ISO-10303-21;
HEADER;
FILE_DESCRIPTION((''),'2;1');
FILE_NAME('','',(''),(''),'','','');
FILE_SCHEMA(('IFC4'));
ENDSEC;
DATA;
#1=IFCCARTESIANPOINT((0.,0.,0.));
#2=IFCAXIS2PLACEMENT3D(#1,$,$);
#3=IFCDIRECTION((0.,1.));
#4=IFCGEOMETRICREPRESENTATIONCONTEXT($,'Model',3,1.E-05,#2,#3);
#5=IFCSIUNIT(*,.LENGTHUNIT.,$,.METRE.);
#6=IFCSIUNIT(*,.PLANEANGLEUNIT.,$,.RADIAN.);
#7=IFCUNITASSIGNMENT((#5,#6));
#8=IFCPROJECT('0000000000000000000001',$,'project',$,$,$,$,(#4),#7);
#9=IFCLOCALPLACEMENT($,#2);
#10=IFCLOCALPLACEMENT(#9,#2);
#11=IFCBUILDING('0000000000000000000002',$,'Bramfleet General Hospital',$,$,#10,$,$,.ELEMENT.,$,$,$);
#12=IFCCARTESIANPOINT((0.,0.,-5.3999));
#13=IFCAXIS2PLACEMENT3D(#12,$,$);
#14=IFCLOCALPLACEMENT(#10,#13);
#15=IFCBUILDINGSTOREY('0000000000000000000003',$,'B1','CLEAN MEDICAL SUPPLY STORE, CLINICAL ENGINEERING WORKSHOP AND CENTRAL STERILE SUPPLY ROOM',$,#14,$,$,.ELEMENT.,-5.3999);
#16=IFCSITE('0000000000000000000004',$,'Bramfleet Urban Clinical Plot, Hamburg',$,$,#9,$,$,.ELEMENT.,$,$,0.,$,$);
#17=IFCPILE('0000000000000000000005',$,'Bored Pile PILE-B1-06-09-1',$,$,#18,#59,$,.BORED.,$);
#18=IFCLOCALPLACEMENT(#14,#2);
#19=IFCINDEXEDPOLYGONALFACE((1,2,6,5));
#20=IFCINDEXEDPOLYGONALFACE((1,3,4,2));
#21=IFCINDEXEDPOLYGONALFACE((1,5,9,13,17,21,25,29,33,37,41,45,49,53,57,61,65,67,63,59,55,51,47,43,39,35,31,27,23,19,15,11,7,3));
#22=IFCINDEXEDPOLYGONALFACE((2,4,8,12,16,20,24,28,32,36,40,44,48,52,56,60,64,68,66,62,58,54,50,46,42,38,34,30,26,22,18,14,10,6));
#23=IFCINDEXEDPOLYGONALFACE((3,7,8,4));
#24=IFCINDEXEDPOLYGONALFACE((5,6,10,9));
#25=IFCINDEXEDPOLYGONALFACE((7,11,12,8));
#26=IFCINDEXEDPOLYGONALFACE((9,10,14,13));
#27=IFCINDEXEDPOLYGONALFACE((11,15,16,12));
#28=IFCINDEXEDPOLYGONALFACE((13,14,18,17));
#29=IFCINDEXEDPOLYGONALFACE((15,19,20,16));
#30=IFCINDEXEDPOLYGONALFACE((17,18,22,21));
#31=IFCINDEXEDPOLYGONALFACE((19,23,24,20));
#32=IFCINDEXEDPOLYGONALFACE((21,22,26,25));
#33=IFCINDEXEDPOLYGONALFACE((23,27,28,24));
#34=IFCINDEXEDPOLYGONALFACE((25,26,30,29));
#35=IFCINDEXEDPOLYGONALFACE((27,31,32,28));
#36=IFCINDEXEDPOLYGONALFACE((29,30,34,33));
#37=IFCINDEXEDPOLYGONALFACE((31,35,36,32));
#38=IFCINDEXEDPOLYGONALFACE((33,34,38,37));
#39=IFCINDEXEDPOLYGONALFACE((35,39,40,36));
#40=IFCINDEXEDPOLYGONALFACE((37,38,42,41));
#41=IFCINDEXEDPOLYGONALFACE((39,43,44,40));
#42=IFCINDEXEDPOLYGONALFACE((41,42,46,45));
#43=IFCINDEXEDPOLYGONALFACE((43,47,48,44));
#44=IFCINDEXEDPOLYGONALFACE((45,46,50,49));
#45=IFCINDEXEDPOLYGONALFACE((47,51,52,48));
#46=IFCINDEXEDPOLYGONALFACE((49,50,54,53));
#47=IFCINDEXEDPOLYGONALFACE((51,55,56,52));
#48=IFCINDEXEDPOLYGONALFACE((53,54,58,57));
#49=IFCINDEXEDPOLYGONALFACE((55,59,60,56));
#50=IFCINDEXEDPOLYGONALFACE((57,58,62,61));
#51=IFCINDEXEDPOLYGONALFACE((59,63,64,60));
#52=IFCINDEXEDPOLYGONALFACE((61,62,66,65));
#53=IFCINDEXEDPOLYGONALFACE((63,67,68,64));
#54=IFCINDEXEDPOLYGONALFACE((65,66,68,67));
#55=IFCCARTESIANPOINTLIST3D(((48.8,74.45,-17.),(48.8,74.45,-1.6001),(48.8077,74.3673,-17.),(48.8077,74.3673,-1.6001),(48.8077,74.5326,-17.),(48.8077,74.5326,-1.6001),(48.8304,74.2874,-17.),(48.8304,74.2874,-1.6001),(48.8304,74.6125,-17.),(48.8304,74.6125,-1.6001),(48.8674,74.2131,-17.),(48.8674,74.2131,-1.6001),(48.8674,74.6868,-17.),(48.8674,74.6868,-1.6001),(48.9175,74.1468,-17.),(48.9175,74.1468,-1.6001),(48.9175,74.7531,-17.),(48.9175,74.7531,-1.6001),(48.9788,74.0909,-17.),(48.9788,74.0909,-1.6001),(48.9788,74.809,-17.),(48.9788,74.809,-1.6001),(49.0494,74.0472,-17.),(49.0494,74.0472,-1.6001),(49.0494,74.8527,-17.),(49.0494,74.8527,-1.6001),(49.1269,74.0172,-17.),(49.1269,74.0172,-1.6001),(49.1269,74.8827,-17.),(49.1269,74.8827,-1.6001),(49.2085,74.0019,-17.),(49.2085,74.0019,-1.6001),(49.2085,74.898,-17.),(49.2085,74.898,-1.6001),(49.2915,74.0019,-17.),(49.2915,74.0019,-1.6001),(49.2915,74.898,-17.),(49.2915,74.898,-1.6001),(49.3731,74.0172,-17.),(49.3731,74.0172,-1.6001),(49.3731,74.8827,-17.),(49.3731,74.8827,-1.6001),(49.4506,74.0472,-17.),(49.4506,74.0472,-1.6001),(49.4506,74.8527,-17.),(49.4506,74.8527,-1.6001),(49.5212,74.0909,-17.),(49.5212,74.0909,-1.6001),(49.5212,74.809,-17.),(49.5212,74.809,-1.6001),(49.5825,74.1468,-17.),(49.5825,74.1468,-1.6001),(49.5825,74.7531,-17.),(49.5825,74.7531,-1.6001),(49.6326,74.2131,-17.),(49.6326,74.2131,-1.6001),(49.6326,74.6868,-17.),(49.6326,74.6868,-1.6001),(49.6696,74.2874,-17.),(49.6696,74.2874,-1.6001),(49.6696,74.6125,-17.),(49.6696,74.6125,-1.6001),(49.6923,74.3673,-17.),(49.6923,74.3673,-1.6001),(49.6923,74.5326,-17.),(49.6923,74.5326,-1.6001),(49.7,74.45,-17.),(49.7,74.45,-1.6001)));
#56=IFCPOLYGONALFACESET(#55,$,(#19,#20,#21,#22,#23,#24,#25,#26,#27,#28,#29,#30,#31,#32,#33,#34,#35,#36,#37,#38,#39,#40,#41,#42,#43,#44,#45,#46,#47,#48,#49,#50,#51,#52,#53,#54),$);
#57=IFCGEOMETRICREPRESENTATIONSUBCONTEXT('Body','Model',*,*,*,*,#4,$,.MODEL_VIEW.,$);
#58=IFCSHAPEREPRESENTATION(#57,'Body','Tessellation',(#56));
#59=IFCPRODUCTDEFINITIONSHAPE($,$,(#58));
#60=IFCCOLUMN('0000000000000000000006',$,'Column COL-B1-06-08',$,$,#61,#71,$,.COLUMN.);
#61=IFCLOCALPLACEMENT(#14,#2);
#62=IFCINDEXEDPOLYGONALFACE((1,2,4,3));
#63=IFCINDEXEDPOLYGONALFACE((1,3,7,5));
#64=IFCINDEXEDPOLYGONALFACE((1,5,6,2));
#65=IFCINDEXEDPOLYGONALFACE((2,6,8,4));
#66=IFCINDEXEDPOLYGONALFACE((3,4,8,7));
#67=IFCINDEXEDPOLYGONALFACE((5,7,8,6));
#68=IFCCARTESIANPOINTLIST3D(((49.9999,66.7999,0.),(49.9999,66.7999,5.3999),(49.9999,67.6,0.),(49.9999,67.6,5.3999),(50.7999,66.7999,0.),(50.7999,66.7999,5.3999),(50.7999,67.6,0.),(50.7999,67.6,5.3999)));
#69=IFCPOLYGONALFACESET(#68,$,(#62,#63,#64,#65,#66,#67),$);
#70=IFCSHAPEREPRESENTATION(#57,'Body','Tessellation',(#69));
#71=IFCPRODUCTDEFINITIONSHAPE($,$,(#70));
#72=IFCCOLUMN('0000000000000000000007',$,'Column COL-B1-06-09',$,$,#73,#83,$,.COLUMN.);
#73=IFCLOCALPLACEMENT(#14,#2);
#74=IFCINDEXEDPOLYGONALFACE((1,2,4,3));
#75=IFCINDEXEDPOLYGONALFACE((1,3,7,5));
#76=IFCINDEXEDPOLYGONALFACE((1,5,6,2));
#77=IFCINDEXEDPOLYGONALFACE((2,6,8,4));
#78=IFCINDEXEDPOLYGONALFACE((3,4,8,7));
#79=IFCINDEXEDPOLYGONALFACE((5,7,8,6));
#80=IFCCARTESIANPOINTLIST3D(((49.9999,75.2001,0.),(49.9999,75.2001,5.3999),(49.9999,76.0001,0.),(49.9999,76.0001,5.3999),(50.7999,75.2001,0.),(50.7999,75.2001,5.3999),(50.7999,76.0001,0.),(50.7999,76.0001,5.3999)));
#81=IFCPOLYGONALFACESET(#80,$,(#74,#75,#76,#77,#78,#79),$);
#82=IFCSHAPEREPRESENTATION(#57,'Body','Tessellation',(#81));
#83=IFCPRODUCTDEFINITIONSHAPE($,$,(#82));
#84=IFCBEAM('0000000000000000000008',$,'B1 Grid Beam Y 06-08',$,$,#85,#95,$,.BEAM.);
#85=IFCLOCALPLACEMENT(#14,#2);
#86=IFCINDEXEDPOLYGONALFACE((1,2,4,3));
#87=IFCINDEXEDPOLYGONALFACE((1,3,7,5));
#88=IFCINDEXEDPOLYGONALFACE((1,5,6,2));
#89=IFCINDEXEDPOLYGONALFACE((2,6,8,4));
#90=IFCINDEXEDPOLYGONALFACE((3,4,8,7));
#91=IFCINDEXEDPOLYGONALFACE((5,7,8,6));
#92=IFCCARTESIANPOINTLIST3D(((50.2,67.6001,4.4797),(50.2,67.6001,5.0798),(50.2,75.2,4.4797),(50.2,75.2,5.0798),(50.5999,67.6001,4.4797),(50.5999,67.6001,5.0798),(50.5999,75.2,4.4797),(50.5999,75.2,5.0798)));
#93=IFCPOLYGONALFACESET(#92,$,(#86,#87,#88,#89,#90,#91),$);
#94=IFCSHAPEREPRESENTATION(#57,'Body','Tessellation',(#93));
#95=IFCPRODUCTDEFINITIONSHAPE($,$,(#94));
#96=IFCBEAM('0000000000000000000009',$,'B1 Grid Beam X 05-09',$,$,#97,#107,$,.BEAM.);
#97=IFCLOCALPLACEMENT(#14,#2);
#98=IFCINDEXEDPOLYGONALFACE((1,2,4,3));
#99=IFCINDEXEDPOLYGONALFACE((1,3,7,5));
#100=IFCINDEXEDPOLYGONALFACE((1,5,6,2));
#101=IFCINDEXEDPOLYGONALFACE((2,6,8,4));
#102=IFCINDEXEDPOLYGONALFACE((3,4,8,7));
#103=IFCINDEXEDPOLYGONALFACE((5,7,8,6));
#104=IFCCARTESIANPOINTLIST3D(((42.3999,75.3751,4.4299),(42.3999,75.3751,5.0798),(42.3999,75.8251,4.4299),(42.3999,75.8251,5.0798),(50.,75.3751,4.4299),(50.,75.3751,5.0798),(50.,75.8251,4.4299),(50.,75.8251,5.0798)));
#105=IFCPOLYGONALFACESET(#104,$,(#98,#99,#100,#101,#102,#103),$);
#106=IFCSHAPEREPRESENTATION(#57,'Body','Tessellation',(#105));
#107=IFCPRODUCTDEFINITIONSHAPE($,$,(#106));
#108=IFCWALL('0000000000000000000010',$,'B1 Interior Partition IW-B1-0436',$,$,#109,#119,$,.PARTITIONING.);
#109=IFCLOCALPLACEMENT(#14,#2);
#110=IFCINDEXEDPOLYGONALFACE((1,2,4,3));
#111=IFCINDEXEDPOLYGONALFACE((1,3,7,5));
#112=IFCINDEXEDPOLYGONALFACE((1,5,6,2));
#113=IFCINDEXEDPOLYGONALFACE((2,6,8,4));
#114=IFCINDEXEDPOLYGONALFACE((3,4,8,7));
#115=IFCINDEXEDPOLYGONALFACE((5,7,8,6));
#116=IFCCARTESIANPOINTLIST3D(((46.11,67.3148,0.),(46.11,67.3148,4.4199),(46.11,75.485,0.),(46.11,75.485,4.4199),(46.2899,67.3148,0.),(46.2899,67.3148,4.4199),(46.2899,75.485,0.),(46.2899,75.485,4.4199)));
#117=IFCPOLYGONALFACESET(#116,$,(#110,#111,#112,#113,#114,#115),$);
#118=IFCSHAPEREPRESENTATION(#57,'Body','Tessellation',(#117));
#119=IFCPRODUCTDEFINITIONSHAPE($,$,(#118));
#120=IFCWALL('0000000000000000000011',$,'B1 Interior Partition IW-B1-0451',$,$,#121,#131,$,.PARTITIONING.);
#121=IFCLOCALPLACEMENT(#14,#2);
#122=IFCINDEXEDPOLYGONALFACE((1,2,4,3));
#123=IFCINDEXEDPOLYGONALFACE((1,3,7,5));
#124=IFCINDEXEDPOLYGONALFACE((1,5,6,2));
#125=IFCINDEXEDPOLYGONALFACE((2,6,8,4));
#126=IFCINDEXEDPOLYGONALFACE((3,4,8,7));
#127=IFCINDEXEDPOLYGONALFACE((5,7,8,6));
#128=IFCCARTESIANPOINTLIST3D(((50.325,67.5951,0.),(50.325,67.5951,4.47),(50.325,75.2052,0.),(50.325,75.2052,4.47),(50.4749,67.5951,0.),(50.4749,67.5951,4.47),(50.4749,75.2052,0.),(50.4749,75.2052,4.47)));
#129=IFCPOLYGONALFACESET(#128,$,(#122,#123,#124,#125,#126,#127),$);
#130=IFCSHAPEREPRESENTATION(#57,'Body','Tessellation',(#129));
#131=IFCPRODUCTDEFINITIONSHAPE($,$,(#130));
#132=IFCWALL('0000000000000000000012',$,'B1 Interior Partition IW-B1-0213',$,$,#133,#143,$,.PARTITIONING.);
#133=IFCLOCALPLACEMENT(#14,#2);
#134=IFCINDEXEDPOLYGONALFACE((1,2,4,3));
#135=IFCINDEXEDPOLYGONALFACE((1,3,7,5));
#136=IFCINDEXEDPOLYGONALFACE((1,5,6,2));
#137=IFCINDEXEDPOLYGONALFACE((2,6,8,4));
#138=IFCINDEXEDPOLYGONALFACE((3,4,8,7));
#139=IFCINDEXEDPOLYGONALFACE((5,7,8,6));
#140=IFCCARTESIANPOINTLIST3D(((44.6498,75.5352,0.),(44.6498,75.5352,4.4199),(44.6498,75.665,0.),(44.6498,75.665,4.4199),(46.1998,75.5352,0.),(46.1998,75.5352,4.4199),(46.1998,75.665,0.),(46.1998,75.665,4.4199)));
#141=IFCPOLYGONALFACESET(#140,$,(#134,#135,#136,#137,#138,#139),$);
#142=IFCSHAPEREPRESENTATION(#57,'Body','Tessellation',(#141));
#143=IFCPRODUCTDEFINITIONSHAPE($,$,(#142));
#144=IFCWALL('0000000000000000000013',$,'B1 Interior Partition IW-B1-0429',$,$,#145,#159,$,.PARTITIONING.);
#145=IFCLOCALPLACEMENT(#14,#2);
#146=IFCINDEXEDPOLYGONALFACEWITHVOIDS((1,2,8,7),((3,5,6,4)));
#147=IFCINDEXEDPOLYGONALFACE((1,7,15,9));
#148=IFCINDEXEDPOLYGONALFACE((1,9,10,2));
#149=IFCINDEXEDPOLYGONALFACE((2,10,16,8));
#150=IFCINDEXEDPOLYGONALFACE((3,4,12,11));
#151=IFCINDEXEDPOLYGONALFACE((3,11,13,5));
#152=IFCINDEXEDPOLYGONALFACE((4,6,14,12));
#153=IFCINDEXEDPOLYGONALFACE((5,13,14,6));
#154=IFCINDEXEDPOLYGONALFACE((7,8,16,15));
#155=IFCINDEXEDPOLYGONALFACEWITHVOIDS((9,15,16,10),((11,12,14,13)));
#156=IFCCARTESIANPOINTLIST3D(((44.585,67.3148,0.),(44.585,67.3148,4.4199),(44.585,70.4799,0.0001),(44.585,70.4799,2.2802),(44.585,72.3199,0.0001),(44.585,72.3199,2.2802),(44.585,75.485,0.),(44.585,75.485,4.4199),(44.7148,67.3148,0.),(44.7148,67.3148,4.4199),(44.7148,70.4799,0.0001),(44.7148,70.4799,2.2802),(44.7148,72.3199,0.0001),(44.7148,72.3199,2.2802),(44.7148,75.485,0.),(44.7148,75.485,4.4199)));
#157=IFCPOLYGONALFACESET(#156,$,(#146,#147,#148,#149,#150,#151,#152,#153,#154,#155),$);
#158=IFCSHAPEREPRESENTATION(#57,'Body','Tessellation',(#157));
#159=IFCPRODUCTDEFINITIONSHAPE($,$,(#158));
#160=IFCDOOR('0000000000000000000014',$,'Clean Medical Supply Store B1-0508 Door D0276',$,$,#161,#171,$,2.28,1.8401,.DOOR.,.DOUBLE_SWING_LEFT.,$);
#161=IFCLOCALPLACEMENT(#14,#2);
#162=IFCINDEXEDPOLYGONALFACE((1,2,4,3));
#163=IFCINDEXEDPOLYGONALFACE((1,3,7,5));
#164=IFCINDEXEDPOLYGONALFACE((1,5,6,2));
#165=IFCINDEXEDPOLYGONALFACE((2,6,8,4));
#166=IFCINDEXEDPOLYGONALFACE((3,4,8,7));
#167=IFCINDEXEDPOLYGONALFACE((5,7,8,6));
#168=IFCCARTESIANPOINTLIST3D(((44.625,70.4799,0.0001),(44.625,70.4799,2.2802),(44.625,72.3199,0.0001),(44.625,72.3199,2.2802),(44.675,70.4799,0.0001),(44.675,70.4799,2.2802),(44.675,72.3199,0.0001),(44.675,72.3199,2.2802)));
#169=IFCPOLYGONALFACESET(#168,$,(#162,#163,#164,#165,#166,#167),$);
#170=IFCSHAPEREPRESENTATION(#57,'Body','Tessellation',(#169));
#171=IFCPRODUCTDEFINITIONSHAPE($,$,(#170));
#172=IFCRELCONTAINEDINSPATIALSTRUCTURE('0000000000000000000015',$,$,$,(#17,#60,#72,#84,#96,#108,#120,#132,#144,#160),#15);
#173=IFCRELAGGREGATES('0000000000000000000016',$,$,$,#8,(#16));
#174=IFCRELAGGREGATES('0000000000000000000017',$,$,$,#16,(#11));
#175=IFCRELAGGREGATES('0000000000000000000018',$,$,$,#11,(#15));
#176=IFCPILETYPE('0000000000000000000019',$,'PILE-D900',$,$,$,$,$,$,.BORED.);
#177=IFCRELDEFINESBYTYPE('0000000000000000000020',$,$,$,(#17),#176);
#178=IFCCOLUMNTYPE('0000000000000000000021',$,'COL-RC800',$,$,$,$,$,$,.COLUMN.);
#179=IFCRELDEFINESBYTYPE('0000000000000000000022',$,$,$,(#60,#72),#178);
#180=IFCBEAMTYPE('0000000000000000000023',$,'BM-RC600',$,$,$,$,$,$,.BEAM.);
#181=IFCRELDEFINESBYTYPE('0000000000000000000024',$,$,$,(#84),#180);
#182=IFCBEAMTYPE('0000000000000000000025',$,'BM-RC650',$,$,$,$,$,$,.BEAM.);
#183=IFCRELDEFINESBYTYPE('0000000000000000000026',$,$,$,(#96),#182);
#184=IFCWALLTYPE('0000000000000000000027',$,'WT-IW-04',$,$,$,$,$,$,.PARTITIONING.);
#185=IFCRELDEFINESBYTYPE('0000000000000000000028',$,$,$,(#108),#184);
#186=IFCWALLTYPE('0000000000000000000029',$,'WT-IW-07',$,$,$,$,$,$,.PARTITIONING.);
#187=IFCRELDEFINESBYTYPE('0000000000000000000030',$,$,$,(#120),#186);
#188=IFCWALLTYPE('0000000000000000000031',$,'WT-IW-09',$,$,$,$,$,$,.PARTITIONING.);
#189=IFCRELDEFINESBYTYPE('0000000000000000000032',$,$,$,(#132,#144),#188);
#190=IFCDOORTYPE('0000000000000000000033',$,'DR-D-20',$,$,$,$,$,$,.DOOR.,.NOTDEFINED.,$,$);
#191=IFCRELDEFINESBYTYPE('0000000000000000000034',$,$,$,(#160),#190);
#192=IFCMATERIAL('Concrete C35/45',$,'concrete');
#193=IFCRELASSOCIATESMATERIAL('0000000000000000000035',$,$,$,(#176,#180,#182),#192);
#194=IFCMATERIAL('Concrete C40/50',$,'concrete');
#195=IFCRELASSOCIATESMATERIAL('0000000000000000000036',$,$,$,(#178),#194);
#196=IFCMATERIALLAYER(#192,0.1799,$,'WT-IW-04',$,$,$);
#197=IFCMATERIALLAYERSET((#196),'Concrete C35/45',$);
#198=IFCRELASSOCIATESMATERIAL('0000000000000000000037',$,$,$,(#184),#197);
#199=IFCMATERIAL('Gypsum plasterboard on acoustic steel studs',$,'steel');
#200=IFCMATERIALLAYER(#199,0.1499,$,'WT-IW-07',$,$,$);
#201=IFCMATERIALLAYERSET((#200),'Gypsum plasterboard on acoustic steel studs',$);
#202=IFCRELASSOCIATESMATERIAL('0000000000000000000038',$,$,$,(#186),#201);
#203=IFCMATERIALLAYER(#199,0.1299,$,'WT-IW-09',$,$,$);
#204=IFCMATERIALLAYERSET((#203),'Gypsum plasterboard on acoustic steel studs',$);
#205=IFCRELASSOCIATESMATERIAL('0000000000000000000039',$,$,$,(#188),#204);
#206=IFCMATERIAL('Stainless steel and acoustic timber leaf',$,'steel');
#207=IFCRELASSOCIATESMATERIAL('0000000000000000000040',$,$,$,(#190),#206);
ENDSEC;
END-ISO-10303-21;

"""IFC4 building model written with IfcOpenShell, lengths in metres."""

from ifc_helpers import new_model, si_unit, direction, frame, frame_2d, origin, origin_2d, place, context, subcontext, project, spatial, rectangle, circle, extrude, material, layer, layer_set, material_profile, profile_set, type_object, element, fill, save


model = new_model("IFC4")

# Units and contexts
model_context = context("Model", 3, precision=1e-05, world=origin(), true_north=direction((0.0, 1.0)))
body_context = subcontext(model_context, "Body", "Model", "MODEL_VIEW")
ifc_project = project(units=[si_unit("LENGTHUNIT", "METRE"), si_unit("PLANEANGLEUNIT", "RADIAN")], contexts=[model_context])

# Site, building, storey
site_placement = place(None, origin())
site = spatial("IfcSite", under=ifc_project, at=site_placement, Name="Bramfleet Urban Clinical Plot, Hamburg", CompositionType="ELEMENT", RefElevation=0.0)
building_placement = place(site_placement, origin())
building = spatial("IfcBuilding", under=site, at=building_placement, Name="Bramfleet General Hospital", CompositionType="ELEMENT")
storey_placement = place(building_placement, frame((0.0, 0.0, -5.3999)))
storey = spatial("IfcBuildingStorey", under=building, at=storey_placement, Name="B1", Description="CLEAN MEDICAL SUPPLY STORE, CLINICAL ENGINEERING WORKSHOP AND CENTRAL STERILE SUPPLY ROOM", CompositionType="ELEMENT", Elevation=-5.3999)

# Shared definitions
ifc_material_1 = material(Name="Concrete C35/45", Category="concrete")

# Pile
ifc_material_profile_1 = material_profile(ifc_material_1, circle(Radius=0.45, at=origin_2d()), Name="PILE BORED D900")
ifc_profile_set_1 = profile_set([ifc_material_profile_1], Name="Concrete C35/45")
pile_type = type_object("IfcPileType", Name="PILE-D900", PredefinedType="BORED", material=ifc_profile_set_1)
for number, where, z_axis, x_axis, name in (
    (1, (49.25, 74.45, -1.6001), (0.0, 0.0, -1.0), (1.0, 0.0, 0.0), "Bored Pile PILE-B1-06-09-1"),
):
    element("IfcPile", number, at=place(storey_placement, frame(where, z_axis=z_axis, x_axis=x_axis)), inside=storey, type_object=pile_type, Name=name, PredefinedType="BORED", context=body_context, shape_type="SweptSolid", body=[
        extrude(circle(Radius=0.45, at=origin_2d()), origin(), (0.0, 0.0, 1.0), 15.3999),
    ])

# Columns
ifc_material_2 = material(Name="Concrete C40/50", Category="concrete")
ifc_material_profile_2 = material_profile(ifc_material_2, rectangle(XDim=0.8, YDim=0.8, at=origin_2d()), Name="RC COL 800x800")
ifc_profile_set_2 = profile_set([ifc_material_profile_2], Name="Concrete C40/50")
column_type = type_object("IfcColumnType", Name="COL-RC800", PredefinedType="COLUMN", material=ifc_profile_set_2)
for number, where, z_axis, x_axis, name in (
    (2, (50.3999, 67.2, 0.0), (0.0, 0.0, 1.0), (1.0, 0.0, 0.0), "Column COL-B1-06-08"),
    (3, (50.3999, 75.6001, 0.0), (0.0, 0.0, 1.0), (1.0, 0.0, 0.0), "Column COL-B1-06-09"),
):
    element("IfcColumn", number, at=place(storey_placement, frame(where, z_axis=z_axis, x_axis=x_axis)), inside=storey, type_object=column_type, Name=name, PredefinedType="COLUMN", context=body_context, shape_type="SweptSolid", body=[
        extrude(rectangle(XDim=0.8, YDim=0.8, at=origin_2d()), origin(), (0.0, 0.0, 1.0), 5.3999),
    ])

# Beams
ifc_material_profile_3 = material_profile(ifc_material_1, rectangle(XDim=0.3999, YDim=0.6001, at=origin_2d()), Name="RC BM 600x400")
ifc_profile_set_3 = profile_set([ifc_material_profile_3], Name="Concrete C35/45")
beam_type_1 = type_object("IfcBeamType", Name="BM-RC600", PredefinedType="BEAM", material=ifc_profile_set_3)
beam_1_placement = place(storey_placement, frame((50.3999, 67.6001, 4.7798), z_axis=(0.0, 1.0, 0.0), x_axis=(-1.0, 0.0, 0.0)))
element("IfcBeam", 4, at=beam_1_placement, inside=storey, type_object=beam_type_1, Name="B1 Grid Beam Y 06-08", PredefinedType="BEAM", context=body_context, shape_type="SweptSolid", body=[
    extrude(rectangle(XDim=0.3999, YDim=0.6001, at=origin_2d()), origin(), (0.0, 0.0, 1.0), 7.5999),
])
ifc_material_profile_4 = material_profile(ifc_material_1, rectangle(XDim=0.45, YDim=0.6499, at=origin_2d()), Name="RC BM 650x450")
ifc_profile_set_4 = profile_set([ifc_material_profile_4], Name="Concrete C35/45")
beam_type_2 = type_object("IfcBeamType", Name="BM-RC650", PredefinedType="BEAM", material=ifc_profile_set_4)
beam_2_placement = place(storey_placement, frame((42.3999, 75.6001, 4.7549), z_axis=(1.0, 0.0, 0.0), x_axis=(0.0, 1.0, 0.0)))
element("IfcBeam", 5, at=beam_2_placement, inside=storey, type_object=beam_type_2, Name="B1 Grid Beam X 05-09", PredefinedType="BEAM", context=body_context, shape_type="SweptSolid", body=[
    extrude(rectangle(XDim=0.45, YDim=0.6499, at=origin_2d()), origin(), (0.0, 0.0, 1.0), 7.6001),
])

# Walls
ifc_layer_1 = layer(ifc_material_1, 0.1799, Name="WT-IW-04")
ifc_layer_set_1 = layer_set([ifc_layer_1], Name="Concrete C35/45")
wall_type_1 = type_object("IfcWallType", Name="WT-IW-04", PredefinedType="PARTITIONING", material=ifc_layer_set_1)
wall_1_placement = place(storey_placement, frame((46.2, 67.3149, 0.0), z_axis=(0.0, 0.0, 1.0), x_axis=(0.0, 1.0, 0.0)))
element("IfcWall", 6, at=wall_1_placement, inside=storey, type_object=wall_type_1, Name="B1 Interior Partition IW-B1-0436", PredefinedType="PARTITIONING", context=body_context, shape_type="SweptSolid", body=[
    extrude(rectangle(XDim=8.1702, YDim=0.1799, at=frame_2d((4.085, 0.0))), origin(), (0.0, 0.0, 1.0), 4.4199),
])
ifc_material_3 = material(Name="Gypsum plasterboard on acoustic steel studs", Category="steel")
ifc_layer_2 = layer(ifc_material_3, 0.1499, Name="WT-IW-07")
ifc_layer_set_2 = layer_set([ifc_layer_2], Name="Gypsum plasterboard on acoustic steel studs")
wall_type_2 = type_object("IfcWallType", Name="WT-IW-07", PredefinedType="PARTITIONING", material=ifc_layer_set_2)
wall_2_placement = place(storey_placement, frame((50.3999, 67.595, 0.0), z_axis=(0.0, 0.0, 1.0), x_axis=(0.0, 1.0, 0.0)))
element("IfcWall", 7, at=wall_2_placement, inside=storey, type_object=wall_type_2, Name="B1 Interior Partition IW-B1-0451", PredefinedType="PARTITIONING", context=body_context, shape_type="SweptSolid", body=[
    extrude(rectangle(XDim=7.6101, YDim=0.1499, at=frame_2d((3.8052, 0.0))), origin(), (0.0, 0.0, 1.0), 4.47),
])
ifc_layer_3 = layer(ifc_material_3, 0.1299, Name="WT-IW-09")
ifc_layer_set_3 = layer_set([ifc_layer_3], Name="Gypsum plasterboard on acoustic steel studs")
wall_type_3 = type_object("IfcWallType", Name="WT-IW-09", PredefinedType="PARTITIONING", material=ifc_layer_set_3)
wall_3_placement = place(storey_placement, frame((44.6499, 75.6001, 0.0), z_axis=(0.0, 0.0, 1.0), x_axis=(1.0, 0.0, 0.0)))
element("IfcWall", 8, at=wall_3_placement, inside=storey, type_object=wall_type_3, Name="B1 Interior Partition IW-B1-0213", PredefinedType="PARTITIONING", context=body_context, shape_type="SweptSolid", body=[
    extrude(rectangle(XDim=1.55, YDim=0.1299, at=frame_2d((0.7749, 0.0))), origin(), (0.0, 0.0, 1.0), 4.4199),
])

# Wall, opening, door
wall_4_placement = place(storey_placement, frame((44.6499, 67.3149, 0.0), z_axis=(0.0, 0.0, 1.0), x_axis=(0.0, 1.0, 0.0)))
wall_4 = element("IfcWall", 9, at=wall_4_placement, inside=storey, type_object=wall_type_3, Name="B1 Interior Partition IW-B1-0429", PredefinedType="PARTITIONING", context=body_context, shape_type="SweptSolid", body=[
    extrude(rectangle(XDim=8.1702, YDim=0.1299, at=frame_2d((4.085, 0.0))), origin(), (0.0, 0.0, 1.0), 4.4199),
])
opening_1_placement = place(wall_4_placement, frame((3.165, 0.0, 0.0)))
opening_1 = element("IfcOpeningElement", 10, at=opening_1_placement, cuts=wall_4, PredefinedType="OPENING", context=body_context, shape_type="SweptSolid", body=[
    extrude(rectangle(XDim=1.8401, YDim=2.28, at=frame_2d((0.9199, 1.1401))), frame((0.0, 0.075, 0.0), z_axis=(0.0, -1.0, 0.0), x_axis=(1.0, 0.0, 0.0)), (0.0, 0.0, 1.0), 0.1499),
])
ifc_material_4 = material(Name="Stainless steel and acoustic timber leaf", Category="steel")
door_type_1 = type_object("IfcDoorType", Name="DR-D-20", OperationType="NOTDEFINED", PredefinedType="DOOR", material=ifc_material_4)
door_1_placement = place(opening_1_placement, origin())
door_1 = element("IfcDoor", 11, at=door_1_placement, inside=storey, type_object=door_type_1, Name="Clean Medical Supply Store B1-0508 Door D0276", OperationType="DOUBLE_SWING_LEFT", OverallHeight=2.28, OverallWidth=1.8401, PredefinedType="DOOR", context=body_context, shape_type="SweptSolid", body=[
    extrude(rectangle(XDim=1.8401, YDim=2.28, at=frame_2d((0.9199, 1.1401))), frame((0.0, 0.0249, 0.0), z_axis=(0.0, -1.0, 0.0), x_axis=(1.0, 0.0, 0.0)), (0.0, 0.0, 1.0), 0.05),
])
fill(opening_1, door_1)

save(model, "model.ifc")
